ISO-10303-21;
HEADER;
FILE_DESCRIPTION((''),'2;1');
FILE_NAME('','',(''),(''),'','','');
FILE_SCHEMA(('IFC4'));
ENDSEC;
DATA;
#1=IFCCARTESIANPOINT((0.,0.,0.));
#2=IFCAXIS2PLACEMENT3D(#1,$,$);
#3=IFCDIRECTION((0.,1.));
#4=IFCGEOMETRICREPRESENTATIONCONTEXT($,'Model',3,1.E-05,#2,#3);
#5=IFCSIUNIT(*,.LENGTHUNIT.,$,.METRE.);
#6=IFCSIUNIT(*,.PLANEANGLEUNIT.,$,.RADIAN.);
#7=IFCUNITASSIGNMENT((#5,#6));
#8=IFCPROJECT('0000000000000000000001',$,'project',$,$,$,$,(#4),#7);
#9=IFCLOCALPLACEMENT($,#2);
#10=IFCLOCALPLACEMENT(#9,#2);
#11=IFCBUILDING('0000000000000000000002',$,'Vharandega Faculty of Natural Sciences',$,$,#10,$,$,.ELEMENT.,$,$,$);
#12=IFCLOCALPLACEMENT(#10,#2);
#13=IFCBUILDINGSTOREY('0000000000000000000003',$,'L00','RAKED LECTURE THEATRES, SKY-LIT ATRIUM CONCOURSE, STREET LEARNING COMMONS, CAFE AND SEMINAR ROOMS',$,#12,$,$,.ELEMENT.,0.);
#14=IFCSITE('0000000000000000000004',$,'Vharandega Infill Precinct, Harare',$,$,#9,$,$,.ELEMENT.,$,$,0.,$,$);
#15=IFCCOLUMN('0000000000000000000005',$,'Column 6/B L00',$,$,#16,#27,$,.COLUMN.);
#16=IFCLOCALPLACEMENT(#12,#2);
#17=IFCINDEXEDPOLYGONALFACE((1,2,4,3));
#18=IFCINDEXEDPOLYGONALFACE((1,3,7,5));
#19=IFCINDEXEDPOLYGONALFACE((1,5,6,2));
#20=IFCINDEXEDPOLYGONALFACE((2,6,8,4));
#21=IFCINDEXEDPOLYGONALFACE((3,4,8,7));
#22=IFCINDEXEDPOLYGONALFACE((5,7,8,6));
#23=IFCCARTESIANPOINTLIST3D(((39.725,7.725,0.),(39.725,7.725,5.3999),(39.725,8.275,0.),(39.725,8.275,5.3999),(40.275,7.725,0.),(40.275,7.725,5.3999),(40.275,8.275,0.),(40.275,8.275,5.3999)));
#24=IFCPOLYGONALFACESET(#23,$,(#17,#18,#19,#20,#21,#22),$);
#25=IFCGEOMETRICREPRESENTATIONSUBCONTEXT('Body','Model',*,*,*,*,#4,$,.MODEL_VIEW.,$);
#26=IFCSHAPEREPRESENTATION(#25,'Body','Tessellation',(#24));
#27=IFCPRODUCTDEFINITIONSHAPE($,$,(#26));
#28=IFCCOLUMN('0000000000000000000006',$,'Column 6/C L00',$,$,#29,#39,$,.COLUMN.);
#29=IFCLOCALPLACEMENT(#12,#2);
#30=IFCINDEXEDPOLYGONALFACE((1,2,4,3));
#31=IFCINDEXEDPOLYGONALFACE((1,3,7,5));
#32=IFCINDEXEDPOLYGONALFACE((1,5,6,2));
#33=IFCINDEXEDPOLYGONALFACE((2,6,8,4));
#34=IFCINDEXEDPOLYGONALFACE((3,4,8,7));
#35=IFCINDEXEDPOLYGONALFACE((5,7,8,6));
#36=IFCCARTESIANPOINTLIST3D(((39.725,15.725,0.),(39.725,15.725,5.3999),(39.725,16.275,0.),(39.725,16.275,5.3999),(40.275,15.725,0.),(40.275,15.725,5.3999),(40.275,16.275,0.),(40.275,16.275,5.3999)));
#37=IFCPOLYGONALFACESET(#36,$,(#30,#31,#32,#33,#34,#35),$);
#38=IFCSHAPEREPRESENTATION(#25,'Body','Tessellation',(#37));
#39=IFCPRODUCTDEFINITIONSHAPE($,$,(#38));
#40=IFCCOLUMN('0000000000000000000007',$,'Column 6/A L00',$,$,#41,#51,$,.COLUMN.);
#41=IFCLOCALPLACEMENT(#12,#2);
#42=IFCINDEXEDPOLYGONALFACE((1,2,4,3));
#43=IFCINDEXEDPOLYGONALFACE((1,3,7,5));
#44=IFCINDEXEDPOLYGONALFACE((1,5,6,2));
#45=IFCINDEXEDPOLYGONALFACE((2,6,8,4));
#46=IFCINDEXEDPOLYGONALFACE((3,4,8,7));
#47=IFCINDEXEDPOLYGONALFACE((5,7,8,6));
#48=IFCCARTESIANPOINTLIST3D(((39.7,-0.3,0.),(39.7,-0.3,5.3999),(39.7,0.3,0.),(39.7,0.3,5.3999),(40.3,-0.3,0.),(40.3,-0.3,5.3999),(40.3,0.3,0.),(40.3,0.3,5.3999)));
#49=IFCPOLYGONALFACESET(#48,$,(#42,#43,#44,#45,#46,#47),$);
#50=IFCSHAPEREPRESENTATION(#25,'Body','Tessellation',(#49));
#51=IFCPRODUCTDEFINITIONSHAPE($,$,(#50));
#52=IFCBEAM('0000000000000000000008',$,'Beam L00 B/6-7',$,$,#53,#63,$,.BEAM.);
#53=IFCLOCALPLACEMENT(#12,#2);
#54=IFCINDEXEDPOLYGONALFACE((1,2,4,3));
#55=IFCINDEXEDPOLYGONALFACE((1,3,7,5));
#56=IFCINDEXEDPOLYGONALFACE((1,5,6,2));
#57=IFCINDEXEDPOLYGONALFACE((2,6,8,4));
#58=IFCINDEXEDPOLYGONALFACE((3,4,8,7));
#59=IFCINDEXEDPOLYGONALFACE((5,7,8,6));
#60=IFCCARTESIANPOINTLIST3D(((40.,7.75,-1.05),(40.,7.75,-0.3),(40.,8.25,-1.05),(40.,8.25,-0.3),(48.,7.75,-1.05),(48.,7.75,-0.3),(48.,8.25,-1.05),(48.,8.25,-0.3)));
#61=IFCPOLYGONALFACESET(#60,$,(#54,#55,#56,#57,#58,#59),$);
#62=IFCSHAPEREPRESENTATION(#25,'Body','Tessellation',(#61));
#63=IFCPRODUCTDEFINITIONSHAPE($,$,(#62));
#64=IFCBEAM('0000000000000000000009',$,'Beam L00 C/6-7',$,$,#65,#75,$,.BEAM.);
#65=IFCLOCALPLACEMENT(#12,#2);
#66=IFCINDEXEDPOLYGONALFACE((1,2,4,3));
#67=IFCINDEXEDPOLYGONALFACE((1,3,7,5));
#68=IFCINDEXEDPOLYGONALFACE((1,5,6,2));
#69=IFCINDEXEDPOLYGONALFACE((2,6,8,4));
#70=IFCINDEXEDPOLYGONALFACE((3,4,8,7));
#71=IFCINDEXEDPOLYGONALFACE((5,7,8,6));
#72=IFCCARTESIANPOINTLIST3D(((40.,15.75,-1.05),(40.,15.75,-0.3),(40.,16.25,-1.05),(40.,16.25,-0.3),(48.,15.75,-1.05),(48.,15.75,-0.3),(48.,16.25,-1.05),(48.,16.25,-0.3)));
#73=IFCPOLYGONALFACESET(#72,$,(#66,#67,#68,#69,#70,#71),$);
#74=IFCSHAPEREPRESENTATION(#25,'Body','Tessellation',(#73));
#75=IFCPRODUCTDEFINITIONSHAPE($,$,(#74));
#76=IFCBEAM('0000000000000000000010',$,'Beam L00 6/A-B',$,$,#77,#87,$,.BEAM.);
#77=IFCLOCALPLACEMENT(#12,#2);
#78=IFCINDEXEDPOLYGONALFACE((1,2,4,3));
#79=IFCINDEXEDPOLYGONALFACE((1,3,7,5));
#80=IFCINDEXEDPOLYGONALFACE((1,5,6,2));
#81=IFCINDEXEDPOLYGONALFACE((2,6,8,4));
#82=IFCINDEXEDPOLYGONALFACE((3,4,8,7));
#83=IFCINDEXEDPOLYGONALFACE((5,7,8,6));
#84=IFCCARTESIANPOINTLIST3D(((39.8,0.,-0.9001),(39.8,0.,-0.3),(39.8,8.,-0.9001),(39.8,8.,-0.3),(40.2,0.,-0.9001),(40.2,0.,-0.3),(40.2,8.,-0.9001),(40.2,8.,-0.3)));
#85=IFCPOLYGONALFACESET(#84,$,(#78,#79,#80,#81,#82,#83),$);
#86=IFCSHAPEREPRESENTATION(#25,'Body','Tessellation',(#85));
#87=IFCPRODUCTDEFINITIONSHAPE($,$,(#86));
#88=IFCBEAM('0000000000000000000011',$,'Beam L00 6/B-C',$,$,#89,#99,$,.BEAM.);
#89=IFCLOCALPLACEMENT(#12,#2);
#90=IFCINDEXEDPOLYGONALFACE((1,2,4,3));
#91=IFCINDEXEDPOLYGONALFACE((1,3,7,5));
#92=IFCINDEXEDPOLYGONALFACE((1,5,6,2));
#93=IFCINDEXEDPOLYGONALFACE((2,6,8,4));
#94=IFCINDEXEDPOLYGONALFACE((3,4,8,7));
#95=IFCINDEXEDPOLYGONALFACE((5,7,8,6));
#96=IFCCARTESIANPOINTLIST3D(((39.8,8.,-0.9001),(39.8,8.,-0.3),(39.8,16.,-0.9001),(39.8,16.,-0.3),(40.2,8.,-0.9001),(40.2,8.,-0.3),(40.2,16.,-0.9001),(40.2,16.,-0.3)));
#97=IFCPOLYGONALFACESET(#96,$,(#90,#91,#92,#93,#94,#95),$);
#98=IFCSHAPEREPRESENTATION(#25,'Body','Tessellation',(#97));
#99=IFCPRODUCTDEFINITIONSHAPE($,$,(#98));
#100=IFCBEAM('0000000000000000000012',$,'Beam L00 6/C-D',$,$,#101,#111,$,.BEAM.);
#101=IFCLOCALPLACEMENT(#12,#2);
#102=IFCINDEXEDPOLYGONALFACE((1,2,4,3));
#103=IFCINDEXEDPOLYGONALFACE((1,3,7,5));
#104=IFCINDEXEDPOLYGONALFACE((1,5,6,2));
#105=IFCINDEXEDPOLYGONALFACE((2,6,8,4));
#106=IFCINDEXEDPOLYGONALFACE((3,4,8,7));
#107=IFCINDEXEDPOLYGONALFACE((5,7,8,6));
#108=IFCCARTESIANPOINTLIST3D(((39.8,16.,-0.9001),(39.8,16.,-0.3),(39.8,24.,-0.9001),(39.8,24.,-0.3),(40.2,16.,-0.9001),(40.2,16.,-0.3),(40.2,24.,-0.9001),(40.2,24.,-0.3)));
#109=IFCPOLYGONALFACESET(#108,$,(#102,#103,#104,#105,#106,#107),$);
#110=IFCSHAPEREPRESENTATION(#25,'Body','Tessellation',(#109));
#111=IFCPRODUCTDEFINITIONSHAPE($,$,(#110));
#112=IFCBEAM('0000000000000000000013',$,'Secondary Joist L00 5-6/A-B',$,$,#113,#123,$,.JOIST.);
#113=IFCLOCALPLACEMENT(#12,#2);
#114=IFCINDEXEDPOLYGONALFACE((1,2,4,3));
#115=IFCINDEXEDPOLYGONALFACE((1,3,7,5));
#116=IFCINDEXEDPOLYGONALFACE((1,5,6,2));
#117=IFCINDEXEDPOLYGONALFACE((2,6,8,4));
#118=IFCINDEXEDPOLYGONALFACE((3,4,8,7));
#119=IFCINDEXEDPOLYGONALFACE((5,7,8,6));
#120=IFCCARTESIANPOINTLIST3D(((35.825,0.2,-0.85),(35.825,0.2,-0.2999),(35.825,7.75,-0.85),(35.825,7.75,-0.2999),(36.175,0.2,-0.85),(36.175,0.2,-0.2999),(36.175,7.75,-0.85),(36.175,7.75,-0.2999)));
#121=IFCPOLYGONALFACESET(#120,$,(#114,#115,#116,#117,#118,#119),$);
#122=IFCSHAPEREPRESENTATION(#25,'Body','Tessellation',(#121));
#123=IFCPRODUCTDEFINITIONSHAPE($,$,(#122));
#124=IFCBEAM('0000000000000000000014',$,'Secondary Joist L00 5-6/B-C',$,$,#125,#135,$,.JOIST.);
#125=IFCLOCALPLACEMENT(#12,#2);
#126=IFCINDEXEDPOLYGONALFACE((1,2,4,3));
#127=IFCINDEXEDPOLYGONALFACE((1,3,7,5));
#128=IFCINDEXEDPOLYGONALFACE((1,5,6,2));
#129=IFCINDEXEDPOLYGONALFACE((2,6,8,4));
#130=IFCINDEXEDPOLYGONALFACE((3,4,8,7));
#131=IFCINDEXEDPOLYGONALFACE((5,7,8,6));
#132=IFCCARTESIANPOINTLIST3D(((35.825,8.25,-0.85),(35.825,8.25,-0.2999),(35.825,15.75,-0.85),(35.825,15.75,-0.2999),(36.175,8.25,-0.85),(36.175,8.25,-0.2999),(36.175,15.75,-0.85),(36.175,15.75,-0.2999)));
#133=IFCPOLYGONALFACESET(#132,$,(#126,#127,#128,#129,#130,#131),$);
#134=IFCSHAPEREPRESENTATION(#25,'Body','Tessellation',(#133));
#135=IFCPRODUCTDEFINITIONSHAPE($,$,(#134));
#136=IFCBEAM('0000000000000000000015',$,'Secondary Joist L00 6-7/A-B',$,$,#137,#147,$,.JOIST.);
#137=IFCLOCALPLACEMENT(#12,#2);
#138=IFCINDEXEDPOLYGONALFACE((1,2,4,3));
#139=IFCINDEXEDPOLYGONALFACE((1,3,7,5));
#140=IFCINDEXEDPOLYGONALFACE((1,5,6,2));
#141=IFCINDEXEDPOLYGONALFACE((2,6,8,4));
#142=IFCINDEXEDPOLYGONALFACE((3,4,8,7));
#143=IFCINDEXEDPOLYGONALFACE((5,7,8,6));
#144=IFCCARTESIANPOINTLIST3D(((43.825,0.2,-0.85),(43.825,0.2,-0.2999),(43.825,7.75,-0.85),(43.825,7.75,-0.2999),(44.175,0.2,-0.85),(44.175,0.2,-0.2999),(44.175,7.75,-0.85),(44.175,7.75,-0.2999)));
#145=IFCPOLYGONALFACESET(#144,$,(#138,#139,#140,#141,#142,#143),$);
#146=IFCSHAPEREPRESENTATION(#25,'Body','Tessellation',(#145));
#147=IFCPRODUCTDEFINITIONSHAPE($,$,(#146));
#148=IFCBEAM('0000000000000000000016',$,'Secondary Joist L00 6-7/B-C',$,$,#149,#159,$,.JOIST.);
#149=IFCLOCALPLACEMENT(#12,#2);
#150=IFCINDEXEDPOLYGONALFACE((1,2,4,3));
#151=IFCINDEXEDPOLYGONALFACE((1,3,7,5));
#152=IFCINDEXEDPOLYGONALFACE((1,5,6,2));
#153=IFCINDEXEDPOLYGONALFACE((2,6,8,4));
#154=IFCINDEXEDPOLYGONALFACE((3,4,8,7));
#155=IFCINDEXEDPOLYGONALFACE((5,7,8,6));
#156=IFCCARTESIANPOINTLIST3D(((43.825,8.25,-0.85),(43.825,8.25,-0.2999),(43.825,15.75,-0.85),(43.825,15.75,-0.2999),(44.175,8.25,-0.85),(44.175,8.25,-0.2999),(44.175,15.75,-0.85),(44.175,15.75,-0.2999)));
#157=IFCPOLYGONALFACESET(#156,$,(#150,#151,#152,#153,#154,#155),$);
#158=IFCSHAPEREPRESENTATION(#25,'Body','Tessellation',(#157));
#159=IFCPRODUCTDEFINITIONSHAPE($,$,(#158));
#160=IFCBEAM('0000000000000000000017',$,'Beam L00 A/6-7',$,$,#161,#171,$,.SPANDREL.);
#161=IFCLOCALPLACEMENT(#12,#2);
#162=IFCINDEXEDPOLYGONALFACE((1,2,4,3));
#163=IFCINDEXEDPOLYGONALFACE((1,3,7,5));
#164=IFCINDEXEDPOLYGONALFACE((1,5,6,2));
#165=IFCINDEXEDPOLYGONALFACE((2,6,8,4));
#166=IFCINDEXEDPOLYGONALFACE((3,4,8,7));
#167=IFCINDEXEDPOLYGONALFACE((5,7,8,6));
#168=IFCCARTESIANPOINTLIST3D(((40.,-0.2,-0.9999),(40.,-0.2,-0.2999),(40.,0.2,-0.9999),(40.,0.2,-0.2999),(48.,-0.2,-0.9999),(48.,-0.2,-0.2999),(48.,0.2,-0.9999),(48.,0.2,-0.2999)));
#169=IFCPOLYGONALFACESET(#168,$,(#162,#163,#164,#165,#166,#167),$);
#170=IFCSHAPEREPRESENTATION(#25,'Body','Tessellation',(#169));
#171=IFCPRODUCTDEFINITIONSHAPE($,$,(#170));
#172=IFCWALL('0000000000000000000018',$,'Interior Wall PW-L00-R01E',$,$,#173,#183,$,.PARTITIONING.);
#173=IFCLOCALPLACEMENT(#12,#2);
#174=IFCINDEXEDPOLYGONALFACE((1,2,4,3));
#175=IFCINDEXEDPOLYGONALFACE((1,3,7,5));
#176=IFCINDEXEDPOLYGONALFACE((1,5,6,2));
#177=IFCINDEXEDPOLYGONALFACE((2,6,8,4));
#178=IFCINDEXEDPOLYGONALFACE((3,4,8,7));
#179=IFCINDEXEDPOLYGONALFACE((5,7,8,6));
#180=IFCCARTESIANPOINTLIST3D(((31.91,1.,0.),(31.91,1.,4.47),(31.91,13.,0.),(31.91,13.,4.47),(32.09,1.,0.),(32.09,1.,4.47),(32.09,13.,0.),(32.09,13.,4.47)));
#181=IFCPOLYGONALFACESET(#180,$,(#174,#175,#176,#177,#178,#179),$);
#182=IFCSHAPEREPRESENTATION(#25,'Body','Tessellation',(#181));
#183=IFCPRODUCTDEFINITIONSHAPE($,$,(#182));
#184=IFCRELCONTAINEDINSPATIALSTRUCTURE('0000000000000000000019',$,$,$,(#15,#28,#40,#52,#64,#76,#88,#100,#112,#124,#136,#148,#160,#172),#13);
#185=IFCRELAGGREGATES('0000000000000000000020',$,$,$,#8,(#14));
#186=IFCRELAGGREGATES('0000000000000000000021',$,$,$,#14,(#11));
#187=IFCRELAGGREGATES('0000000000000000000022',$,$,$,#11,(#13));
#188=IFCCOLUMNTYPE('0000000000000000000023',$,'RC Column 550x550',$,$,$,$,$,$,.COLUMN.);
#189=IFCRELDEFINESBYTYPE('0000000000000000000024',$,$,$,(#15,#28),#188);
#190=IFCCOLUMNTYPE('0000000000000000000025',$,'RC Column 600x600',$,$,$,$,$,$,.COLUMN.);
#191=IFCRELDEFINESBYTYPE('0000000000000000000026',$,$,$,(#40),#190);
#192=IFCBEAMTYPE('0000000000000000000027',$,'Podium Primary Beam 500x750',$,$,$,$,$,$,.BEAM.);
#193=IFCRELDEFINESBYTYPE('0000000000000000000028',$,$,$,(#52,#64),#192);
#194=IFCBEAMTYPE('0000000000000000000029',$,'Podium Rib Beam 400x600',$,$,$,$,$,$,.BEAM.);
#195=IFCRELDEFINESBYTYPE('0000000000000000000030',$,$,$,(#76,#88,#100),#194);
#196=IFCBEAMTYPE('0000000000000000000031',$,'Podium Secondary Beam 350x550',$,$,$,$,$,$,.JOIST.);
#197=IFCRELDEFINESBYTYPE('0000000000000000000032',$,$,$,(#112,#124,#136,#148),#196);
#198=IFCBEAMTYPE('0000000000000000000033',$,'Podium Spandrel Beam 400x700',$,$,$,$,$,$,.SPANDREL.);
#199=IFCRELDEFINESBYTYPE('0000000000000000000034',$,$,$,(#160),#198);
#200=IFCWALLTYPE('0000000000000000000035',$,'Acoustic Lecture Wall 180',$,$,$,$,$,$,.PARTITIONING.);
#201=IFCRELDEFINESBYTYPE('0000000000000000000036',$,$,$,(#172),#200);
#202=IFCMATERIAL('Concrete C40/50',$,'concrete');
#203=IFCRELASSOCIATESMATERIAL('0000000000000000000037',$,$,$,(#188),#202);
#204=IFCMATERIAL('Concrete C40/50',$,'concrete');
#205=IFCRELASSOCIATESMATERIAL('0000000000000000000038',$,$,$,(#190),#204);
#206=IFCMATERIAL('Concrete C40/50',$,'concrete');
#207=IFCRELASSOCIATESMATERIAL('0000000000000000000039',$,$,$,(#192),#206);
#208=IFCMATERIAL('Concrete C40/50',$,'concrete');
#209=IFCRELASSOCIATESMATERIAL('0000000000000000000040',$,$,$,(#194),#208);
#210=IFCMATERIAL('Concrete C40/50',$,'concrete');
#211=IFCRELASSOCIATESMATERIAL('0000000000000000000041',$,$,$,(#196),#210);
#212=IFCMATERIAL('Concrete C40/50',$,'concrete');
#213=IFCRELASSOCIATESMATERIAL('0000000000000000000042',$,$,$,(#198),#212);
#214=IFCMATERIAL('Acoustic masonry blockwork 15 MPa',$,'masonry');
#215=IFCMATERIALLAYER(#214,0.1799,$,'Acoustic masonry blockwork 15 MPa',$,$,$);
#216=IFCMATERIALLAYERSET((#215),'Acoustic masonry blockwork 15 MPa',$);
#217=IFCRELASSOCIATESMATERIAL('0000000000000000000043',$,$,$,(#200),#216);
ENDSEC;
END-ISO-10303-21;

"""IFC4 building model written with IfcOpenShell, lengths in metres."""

from ifc_helpers import new_model, si_unit, direction, frame, frame_2d, origin, origin_2d, place, context, subcontext, project, spatial, rectangle, extrude, material, layer, layer_set, material_profile, profile_set, type_object, element, save


model = new_model("IFC4")

# Units and contexts
model_context = context("Model", 3, precision=1e-05, world=origin(), true_north=direction((0.0, 1.0)))
body_context = subcontext(model_context, "Body", "Model", "MODEL_VIEW")
ifc_project = project(units=[si_unit("LENGTHUNIT", "METRE"), si_unit("PLANEANGLEUNIT", "RADIAN")], contexts=[model_context])

# Site, building, storey
site_placement = place(None, origin())
site = spatial("IfcSite", under=ifc_project, at=site_placement, Name="Vharandega Infill Precinct, Harare", CompositionType="ELEMENT", RefElevation=0.0)
building_placement = place(site_placement, origin())
building = spatial("IfcBuilding", under=site, at=building_placement, Name="Vharandega Faculty of Natural Sciences", CompositionType="ELEMENT")
storey_placement = place(building_placement, origin())
storey = spatial("IfcBuildingStorey", under=building, at=storey_placement, Name="L00", Description="RAKED LECTURE THEATRES, SKY-LIT ATRIUM CONCOURSE, STREET LEARNING COMMONS, CAFE AND SEMINAR ROOMS", CompositionType="ELEMENT", Elevation=0.0)

# Columns
ifc_material_1 = material(Name="Concrete C40/50", Category="concrete")
ifc_material_profile_1 = material_profile(ifc_material_1, rectangle(XDim=0.55, YDim=0.55, at=origin_2d()), Name="RC 550x550")
ifc_profile_set_1 = profile_set([ifc_material_profile_1], Name="Concrete C40/50")
column_type_1 = type_object("IfcColumnType", Name="RC Column 550x550", PredefinedType="COLUMN", material=ifc_profile_set_1)
for number, where, z_axis, x_axis, name in (
    (1, (40.0, 8.0, 0.0), (0.0, 0.0, 1.0), (1.0, 0.0, 0.0), "Column 6/B L00"),
    (2, (40.0, 16.0, 0.0), (0.0, 0.0, 1.0), (1.0, 0.0, 0.0), "Column 6/C L00"),
):
    element("IfcColumn", number, at=place(storey_placement, frame(where, z_axis=z_axis, x_axis=x_axis)), inside=storey, type_object=column_type_1, Name=name, PredefinedType="COLUMN", context=body_context, shape_type="SweptSolid", body=[
        extrude(rectangle(XDim=0.55, YDim=0.55, at=origin_2d()), origin(), (0.0, 0.0, 1.0), 5.3999),
    ])
ifc_material_2 = material(Name="Concrete C40/50", Category="concrete")
ifc_material_profile_2 = material_profile(ifc_material_2, rectangle(XDim=0.6001, YDim=0.6001, at=origin_2d()), Name="RC 600x600")
ifc_profile_set_2 = profile_set([ifc_material_profile_2], Name="Concrete C40/50")
column_type_2 = type_object("IfcColumnType", Name="RC Column 600x600", PredefinedType="COLUMN", material=ifc_profile_set_2)
column_placement = place(storey_placement, frame((40.0, 0.0, 0.0), z_axis=(0.0, 0.0, 1.0), x_axis=(1.0, 0.0, 0.0)))
element("IfcColumn", 3, at=column_placement, inside=storey, type_object=column_type_2, Name="Column 6/A L00", PredefinedType="COLUMN", context=body_context, shape_type="SweptSolid", body=[
    extrude(rectangle(XDim=0.6001, YDim=0.6001, at=origin_2d()), origin(), (0.0, 0.0, 1.0), 5.3999),
])

# Beams
ifc_material_3 = material(Name="Concrete C40/50", Category="concrete")
ifc_material_profile_3 = material_profile(ifc_material_3, rectangle(XDim=0.5, YDim=0.75, at=origin_2d()), Name="RC 500x750")
ifc_profile_set_3 = profile_set([ifc_material_profile_3], Name="Concrete C40/50")
beam_type_1 = type_object("IfcBeamType", Name="Podium Primary Beam 500x750", PredefinedType="BEAM", material=ifc_profile_set_3)
for number, where, z_axis, x_axis, name in (
    (4, (40.0, 8.0, -0.675), (1.0, 0.0, 0.0), (0.0, 1.0, 0.0), "Beam L00 B/6-7"),
    (5, (40.0, 16.0, -0.675), (1.0, 0.0, 0.0), (0.0, 1.0, 0.0), "Beam L00 C/6-7"),
):
    element("IfcBeam", number, at=place(storey_placement, frame(where, z_axis=z_axis, x_axis=x_axis)), inside=storey, type_object=beam_type_1, Name=name, PredefinedType="BEAM", context=body_context, shape_type="SweptSolid", body=[
        extrude(rectangle(XDim=0.5, YDim=0.75, at=origin_2d()), origin(), (0.0, 0.0, 1.0), 8.0),
    ])
ifc_material_4 = material(Name="Concrete C40/50", Category="concrete")
ifc_material_profile_4 = material_profile(ifc_material_4, rectangle(XDim=0.3999, YDim=0.6001, at=origin_2d()), Name="RC 400x600")
ifc_profile_set_4 = profile_set([ifc_material_profile_4], Name="Concrete C40/50")
beam_type_2 = type_object("IfcBeamType", Name="Podium Rib Beam 400x600", PredefinedType="BEAM", material=ifc_profile_set_4)
for number, where, z_axis, x_axis, name in (
    (6, (40.0, 0.0, -0.6001), (0.0, 1.0, 0.0), (-1.0, 0.0, 0.0), "Beam L00 6/A-B"),
    (7, (40.0, 8.0, -0.6001), (0.0, 1.0, 0.0), (-1.0, 0.0, 0.0), "Beam L00 6/B-C"),
    (8, (40.0, 16.0, -0.6001), (0.0, 1.0, 0.0), (-1.0, 0.0, 0.0), "Beam L00 6/C-D"),
):
    element("IfcBeam", number, at=place(storey_placement, frame(where, z_axis=z_axis, x_axis=x_axis)), inside=storey, type_object=beam_type_2, Name=name, PredefinedType="BEAM", context=body_context, shape_type="SweptSolid", body=[
        extrude(rectangle(XDim=0.3999, YDim=0.6001, at=origin_2d()), origin(), (0.0, 0.0, 1.0), 8.0),
    ])
ifc_material_5 = material(Name="Concrete C40/50", Category="concrete")
ifc_material_profile_5 = material_profile(ifc_material_5, rectangle(XDim=0.3501, YDim=0.55, at=origin_2d()), Name="RC 350x550")
ifc_profile_set_5 = profile_set([ifc_material_profile_5], Name="Concrete C40/50")
beam_type_3 = type_object("IfcBeamType", Name="Podium Secondary Beam 350x550", PredefinedType="JOIST", material=ifc_profile_set_5)
beam_1_placement = place(storey_placement, frame((36.0, 0.2, -0.575), z_axis=(0.0, 1.0, 0.0), x_axis=(-1.0, 0.0, 0.0)))
element("IfcBeam", 9, at=beam_1_placement, inside=storey, type_object=beam_type_3, Name="Secondary Joist L00 5-6/A-B", PredefinedType="JOIST", context=body_context, shape_type="SweptSolid", body=[
    extrude(rectangle(XDim=0.3501, YDim=0.55, at=origin_2d()), origin(), (0.0, 0.0, 1.0), 7.55),
])
beam_2_placement = place(storey_placement, frame((36.0, 8.25, -0.575), z_axis=(0.0, 1.0, 0.0), x_axis=(-1.0, 0.0, 0.0)))
element("IfcBeam", 10, at=beam_2_placement, inside=storey, type_object=beam_type_3, Name="Secondary Joist L00 5-6/B-C", PredefinedType="JOIST", context=body_context, shape_type="SweptSolid", body=[
    extrude(rectangle(XDim=0.3501, YDim=0.55, at=origin_2d()), origin(), (0.0, 0.0, 1.0), 7.5),
])
beam_3_placement = place(storey_placement, frame((44.0, 0.2, -0.575), z_axis=(0.0, 1.0, 0.0), x_axis=(-1.0, 0.0, 0.0)))
element("IfcBeam", 11, at=beam_3_placement, inside=storey, type_object=beam_type_3, Name="Secondary Joist L00 6-7/A-B", PredefinedType="JOIST", context=body_context, shape_type="SweptSolid", body=[
    extrude(rectangle(XDim=0.3501, YDim=0.55, at=origin_2d()), origin(), (0.0, 0.0, 1.0), 7.55),
])
beam_4_placement = place(storey_placement, frame((44.0, 8.25, -0.575), z_axis=(0.0, 1.0, 0.0), x_axis=(-1.0, 0.0, 0.0)))
element("IfcBeam", 12, at=beam_4_placement, inside=storey, type_object=beam_type_3, Name="Secondary Joist L00 6-7/B-C", PredefinedType="JOIST", context=body_context, shape_type="SweptSolid", body=[
    extrude(rectangle(XDim=0.3501, YDim=0.55, at=origin_2d()), origin(), (0.0, 0.0, 1.0), 7.5),
])
ifc_material_6 = material(Name="Concrete C40/50", Category="concrete")
ifc_material_profile_6 = material_profile(ifc_material_6, rectangle(XDim=0.3999, YDim=0.7, at=origin_2d()), Name="RC 400x700")
ifc_profile_set_6 = profile_set([ifc_material_profile_6], Name="Concrete C40/50")
beam_type_4 = type_object("IfcBeamType", Name="Podium Spandrel Beam 400x700", PredefinedType="SPANDREL", material=ifc_profile_set_6)
beam_5_placement = place(storey_placement, frame((40.0, 0.0, -0.6499), z_axis=(1.0, 0.0, 0.0), x_axis=(0.0, 1.0, 0.0)))
element("IfcBeam", 13, at=beam_5_placement, inside=storey, type_object=beam_type_4, Name="Beam L00 A/6-7", PredefinedType="SPANDREL", context=body_context, shape_type="SweptSolid", body=[
    extrude(rectangle(XDim=0.3999, YDim=0.7, at=origin_2d()), origin(), (0.0, 0.0, 1.0), 8.0),
])

# Wall
ifc_material_7 = material(Name="Acoustic masonry blockwork 15 MPa", Category="masonry")
ifc_layer_1 = layer(ifc_material_7, 0.1799, Name="Acoustic masonry blockwork 15 MPa")
ifc_layer_set_1 = layer_set([ifc_layer_1], Name="Acoustic masonry blockwork 15 MPa")
wall_type_1 = type_object("IfcWallType", Name="Acoustic Lecture Wall 180", PredefinedType="PARTITIONING", material=ifc_layer_set_1)
wall_1_placement = place(storey_placement, frame((32.0, 1.0, 0.0), z_axis=(0.0, 0.0, 1.0), x_axis=(0.0, 1.0, 0.0)))
element("IfcWall", 14, at=wall_1_placement, inside=storey, type_object=wall_type_1, Name="Interior Wall PW-L00-R01E", PredefinedType="PARTITIONING", context=body_context, shape_type="SweptSolid", body=[
    extrude(rectangle(XDim=12.0, YDim=0.1799, at=frame_2d((6.0, 0.0))), origin(), (0.0, 0.0, 1.0), 4.47),
])

save(model, "model.ifc")
